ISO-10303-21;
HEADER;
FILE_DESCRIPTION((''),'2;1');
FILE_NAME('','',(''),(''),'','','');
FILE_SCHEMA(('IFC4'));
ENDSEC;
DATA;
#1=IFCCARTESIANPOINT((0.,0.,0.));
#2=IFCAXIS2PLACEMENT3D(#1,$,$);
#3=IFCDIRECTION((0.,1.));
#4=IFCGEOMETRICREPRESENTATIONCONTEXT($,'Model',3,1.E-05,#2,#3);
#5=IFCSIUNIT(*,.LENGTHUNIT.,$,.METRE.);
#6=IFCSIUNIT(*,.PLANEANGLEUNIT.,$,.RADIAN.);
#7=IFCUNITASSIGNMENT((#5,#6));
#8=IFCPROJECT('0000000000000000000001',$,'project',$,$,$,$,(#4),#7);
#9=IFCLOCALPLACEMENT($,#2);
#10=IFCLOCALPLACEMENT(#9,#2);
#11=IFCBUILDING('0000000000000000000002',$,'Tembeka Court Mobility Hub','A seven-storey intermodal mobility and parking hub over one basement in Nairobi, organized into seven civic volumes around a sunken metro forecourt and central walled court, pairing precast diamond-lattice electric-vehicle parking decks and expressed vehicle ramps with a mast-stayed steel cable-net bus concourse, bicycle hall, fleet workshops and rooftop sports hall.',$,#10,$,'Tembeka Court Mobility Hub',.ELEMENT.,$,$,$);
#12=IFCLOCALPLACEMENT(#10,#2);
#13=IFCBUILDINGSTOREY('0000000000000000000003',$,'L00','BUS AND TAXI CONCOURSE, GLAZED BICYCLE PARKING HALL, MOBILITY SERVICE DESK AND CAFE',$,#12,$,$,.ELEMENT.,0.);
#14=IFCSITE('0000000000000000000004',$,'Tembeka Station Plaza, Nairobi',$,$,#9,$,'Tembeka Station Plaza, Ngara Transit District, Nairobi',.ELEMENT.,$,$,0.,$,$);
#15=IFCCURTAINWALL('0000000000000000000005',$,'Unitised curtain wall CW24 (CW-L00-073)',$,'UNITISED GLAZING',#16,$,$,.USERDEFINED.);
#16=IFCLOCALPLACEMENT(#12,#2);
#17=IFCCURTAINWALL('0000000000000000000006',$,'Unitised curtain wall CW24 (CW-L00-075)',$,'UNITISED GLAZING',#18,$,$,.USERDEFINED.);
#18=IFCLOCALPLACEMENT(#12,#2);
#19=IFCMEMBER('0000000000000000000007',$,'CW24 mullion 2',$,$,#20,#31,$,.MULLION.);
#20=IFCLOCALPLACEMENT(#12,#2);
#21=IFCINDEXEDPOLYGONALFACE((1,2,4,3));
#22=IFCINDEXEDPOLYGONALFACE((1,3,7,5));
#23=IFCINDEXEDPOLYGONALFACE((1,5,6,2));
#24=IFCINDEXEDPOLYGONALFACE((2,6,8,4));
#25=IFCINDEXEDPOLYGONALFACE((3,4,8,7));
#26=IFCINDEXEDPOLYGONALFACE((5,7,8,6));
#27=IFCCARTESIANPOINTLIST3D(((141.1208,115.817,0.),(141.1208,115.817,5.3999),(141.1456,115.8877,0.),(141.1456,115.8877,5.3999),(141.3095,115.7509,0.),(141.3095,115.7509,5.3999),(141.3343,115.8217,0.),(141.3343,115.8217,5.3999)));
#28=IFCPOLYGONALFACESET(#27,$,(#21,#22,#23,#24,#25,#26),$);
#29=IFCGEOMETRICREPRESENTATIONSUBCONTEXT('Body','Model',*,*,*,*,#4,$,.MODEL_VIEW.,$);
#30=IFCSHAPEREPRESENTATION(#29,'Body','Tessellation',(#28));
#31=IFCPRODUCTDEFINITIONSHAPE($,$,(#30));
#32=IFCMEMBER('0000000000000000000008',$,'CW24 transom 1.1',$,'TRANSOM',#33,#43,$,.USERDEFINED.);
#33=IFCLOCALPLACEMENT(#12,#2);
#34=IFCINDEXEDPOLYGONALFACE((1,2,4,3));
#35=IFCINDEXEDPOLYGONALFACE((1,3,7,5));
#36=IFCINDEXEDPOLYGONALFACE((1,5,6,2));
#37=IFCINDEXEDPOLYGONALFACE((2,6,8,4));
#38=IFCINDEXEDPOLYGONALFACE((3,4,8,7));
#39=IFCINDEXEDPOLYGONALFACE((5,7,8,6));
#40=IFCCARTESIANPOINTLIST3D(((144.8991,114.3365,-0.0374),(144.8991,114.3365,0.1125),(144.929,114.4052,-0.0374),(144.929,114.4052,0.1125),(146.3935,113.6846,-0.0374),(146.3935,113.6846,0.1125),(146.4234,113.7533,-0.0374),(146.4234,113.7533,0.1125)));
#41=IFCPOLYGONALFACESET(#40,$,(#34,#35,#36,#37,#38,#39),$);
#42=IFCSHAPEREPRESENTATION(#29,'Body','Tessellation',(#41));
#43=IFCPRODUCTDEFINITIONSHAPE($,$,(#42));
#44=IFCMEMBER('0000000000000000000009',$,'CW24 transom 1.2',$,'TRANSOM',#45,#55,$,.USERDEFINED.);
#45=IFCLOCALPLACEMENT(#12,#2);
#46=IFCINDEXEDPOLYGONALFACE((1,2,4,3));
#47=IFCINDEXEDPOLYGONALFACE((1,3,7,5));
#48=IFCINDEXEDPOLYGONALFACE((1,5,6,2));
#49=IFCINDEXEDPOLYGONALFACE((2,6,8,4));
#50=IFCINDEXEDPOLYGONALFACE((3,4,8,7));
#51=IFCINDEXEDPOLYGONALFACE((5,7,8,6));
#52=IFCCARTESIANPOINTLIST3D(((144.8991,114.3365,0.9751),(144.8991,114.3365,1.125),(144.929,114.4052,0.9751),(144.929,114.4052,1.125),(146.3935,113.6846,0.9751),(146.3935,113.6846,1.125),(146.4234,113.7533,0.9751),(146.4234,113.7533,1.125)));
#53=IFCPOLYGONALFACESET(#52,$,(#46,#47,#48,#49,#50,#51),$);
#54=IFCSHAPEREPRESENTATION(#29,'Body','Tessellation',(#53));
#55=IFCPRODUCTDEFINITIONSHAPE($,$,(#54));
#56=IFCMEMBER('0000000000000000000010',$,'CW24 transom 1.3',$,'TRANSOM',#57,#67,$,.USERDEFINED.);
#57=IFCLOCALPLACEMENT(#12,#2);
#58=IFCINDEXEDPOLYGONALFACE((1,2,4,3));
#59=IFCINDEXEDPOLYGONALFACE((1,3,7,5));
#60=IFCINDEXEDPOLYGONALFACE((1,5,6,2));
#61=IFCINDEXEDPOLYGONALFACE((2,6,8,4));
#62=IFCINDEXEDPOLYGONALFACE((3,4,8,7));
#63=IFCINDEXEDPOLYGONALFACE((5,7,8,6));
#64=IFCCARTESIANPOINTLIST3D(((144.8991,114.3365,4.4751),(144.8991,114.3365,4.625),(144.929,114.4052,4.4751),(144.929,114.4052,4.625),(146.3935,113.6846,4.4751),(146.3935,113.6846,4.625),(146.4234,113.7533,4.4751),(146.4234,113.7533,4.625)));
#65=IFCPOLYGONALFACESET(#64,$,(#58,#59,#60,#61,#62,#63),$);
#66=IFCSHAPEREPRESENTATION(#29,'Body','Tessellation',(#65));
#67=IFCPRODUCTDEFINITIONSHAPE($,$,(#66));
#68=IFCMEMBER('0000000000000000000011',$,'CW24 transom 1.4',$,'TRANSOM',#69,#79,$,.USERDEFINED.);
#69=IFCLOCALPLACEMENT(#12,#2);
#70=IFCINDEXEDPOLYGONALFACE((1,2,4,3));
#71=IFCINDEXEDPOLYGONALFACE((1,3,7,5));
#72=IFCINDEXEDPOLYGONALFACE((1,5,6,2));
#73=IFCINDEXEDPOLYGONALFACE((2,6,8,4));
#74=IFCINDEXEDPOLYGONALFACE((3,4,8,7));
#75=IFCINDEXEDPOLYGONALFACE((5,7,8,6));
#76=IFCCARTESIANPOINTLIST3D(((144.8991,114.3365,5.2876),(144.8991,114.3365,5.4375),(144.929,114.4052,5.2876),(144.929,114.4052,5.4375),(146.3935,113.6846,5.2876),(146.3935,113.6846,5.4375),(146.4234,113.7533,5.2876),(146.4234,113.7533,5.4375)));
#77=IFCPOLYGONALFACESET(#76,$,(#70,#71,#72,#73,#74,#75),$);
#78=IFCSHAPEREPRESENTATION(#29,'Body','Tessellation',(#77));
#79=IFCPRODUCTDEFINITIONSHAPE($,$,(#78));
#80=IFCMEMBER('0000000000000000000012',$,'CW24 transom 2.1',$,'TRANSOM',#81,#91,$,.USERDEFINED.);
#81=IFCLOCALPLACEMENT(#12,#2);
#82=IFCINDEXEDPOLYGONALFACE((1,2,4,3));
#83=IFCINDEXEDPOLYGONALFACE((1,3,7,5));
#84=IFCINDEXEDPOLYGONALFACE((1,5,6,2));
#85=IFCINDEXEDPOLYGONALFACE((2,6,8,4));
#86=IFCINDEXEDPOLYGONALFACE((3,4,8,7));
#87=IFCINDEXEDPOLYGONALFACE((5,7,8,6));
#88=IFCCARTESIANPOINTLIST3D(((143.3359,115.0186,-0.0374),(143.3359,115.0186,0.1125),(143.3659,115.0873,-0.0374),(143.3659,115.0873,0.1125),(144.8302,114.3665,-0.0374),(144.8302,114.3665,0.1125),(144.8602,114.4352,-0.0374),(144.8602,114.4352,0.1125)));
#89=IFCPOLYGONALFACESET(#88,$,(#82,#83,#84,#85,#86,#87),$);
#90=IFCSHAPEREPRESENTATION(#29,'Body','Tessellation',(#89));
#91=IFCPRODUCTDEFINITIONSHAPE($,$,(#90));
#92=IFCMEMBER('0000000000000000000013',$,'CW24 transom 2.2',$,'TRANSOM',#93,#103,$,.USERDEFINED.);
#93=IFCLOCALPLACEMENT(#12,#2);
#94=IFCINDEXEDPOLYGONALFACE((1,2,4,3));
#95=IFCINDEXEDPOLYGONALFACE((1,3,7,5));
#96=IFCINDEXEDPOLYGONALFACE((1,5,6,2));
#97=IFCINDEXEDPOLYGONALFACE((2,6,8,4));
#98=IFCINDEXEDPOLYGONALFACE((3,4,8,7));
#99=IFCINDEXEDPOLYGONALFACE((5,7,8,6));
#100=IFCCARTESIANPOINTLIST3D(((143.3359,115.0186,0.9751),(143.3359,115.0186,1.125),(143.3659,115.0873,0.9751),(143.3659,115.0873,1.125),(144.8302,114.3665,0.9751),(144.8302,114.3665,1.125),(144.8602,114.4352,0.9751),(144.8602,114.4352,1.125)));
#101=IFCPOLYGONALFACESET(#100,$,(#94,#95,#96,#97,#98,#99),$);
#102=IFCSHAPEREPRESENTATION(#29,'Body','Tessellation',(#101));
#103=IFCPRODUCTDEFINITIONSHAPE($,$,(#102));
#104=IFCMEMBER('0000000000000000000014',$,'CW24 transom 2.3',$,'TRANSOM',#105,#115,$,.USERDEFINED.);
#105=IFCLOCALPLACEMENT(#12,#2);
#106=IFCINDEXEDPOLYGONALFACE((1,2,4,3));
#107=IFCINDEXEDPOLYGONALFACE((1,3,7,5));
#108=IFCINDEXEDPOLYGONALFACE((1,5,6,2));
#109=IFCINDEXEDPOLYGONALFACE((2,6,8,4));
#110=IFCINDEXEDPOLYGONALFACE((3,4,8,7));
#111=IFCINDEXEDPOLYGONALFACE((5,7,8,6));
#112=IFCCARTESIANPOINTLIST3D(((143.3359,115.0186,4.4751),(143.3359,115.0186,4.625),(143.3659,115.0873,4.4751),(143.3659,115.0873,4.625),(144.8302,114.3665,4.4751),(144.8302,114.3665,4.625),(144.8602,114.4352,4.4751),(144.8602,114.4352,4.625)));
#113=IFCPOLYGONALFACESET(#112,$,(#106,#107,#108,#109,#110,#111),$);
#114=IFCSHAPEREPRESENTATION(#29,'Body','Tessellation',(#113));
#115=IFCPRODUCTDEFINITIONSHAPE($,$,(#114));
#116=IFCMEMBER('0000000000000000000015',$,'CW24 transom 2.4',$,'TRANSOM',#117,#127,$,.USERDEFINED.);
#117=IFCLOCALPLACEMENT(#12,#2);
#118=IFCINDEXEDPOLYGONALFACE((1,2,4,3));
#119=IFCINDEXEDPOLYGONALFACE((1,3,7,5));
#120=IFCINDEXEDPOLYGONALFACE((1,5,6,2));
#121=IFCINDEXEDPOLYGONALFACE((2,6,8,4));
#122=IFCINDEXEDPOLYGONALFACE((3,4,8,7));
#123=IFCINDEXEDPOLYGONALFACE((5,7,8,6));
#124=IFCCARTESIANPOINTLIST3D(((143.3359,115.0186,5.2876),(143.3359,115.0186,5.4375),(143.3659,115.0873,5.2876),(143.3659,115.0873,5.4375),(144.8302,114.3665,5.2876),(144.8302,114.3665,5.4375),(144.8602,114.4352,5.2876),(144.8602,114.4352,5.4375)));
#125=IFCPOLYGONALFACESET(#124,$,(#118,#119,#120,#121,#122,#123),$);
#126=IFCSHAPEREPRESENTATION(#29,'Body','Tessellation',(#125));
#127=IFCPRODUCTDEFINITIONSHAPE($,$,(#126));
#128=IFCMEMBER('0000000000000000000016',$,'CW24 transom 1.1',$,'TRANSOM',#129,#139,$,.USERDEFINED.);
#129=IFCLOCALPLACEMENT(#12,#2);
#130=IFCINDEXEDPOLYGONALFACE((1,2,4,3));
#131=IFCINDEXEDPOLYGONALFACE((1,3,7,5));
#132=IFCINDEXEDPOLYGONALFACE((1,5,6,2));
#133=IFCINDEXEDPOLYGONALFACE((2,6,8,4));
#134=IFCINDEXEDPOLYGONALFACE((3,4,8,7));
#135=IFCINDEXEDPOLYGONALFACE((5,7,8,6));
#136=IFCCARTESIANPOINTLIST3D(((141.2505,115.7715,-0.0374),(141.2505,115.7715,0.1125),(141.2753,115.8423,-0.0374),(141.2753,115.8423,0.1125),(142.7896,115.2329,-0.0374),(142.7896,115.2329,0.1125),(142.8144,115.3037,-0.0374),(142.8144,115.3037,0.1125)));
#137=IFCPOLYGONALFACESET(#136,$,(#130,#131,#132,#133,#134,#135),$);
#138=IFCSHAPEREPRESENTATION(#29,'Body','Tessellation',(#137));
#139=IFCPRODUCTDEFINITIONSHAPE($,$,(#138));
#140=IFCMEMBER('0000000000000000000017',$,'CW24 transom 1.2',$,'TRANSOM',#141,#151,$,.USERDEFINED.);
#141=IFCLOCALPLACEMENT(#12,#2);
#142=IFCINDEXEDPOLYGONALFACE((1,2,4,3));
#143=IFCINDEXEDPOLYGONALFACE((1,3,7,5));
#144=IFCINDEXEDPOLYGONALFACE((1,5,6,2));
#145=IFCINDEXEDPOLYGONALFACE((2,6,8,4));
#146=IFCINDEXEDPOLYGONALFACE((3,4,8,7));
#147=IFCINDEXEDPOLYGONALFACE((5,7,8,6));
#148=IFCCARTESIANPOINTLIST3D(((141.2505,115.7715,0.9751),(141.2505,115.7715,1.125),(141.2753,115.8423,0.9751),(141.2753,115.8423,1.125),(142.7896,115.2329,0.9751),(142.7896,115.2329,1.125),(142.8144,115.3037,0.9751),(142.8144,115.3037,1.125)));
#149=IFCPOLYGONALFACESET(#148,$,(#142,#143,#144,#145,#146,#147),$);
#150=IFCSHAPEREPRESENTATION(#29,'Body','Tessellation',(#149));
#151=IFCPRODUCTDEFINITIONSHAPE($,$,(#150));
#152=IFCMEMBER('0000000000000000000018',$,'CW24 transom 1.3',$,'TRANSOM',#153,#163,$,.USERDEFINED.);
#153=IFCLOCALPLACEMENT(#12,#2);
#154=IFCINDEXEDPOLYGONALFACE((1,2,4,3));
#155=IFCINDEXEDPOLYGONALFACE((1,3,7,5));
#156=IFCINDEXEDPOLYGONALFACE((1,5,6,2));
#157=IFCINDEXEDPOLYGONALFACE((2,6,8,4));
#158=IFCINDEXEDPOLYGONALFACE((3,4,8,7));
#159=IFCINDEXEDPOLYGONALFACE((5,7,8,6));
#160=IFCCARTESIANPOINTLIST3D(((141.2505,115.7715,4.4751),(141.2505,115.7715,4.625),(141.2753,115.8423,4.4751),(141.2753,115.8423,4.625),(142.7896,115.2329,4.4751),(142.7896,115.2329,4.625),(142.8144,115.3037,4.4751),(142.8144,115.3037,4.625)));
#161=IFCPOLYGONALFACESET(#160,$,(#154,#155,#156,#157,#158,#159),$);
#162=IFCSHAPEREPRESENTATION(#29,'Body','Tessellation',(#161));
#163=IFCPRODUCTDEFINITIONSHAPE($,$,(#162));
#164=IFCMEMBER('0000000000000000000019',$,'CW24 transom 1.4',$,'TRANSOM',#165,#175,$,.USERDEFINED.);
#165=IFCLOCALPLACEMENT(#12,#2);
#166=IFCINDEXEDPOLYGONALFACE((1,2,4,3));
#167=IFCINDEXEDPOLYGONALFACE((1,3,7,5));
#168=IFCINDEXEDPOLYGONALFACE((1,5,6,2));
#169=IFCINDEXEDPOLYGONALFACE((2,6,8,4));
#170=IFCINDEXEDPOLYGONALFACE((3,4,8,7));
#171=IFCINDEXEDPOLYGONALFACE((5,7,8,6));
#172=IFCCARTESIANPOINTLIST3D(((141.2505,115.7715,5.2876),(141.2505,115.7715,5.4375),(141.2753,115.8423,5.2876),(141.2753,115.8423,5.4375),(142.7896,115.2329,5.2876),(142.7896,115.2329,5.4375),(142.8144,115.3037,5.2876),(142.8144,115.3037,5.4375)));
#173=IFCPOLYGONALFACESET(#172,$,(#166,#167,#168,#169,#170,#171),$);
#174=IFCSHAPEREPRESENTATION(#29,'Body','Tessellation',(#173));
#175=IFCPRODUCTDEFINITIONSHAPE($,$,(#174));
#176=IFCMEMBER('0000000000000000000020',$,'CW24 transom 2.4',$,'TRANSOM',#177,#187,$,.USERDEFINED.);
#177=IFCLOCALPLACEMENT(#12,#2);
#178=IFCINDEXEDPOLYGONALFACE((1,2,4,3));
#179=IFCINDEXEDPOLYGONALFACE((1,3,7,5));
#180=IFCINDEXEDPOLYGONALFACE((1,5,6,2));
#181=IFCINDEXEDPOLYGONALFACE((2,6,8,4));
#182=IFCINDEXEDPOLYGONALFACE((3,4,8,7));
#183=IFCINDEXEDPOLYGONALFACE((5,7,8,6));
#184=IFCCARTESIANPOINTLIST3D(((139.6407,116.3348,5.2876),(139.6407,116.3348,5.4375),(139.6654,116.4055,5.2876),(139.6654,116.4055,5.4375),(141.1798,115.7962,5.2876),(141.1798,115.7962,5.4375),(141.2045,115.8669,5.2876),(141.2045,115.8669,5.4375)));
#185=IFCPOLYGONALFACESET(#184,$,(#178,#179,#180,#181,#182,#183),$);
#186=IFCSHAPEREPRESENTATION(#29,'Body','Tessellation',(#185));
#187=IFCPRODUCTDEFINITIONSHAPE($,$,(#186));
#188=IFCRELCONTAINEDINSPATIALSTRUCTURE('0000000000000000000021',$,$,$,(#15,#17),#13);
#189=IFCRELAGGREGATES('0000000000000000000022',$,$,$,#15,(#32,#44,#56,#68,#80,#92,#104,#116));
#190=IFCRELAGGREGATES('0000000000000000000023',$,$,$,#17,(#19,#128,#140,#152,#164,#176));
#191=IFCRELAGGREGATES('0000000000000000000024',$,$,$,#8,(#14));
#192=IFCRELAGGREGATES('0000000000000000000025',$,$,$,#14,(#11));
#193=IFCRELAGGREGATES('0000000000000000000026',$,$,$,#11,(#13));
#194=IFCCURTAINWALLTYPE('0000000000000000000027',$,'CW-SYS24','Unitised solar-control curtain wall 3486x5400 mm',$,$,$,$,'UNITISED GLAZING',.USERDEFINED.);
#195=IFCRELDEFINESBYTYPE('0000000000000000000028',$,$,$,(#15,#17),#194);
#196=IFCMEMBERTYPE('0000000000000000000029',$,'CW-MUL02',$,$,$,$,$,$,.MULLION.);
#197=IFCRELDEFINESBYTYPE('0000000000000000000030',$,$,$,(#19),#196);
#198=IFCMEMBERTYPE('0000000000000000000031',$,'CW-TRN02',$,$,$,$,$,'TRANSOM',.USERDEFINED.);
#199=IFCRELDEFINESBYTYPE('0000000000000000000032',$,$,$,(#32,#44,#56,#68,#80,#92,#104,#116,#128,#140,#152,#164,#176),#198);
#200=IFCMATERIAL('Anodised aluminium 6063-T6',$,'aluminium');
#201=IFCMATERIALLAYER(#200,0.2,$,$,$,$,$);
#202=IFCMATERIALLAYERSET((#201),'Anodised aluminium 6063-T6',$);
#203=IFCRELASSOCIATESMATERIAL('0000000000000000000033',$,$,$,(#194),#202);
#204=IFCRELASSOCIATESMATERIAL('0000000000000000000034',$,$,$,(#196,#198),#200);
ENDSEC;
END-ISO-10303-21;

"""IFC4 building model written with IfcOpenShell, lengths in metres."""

from ifc_helpers import new_model, si_unit, direction, frame, origin, origin_2d, place, context, subcontext, project, spatial, rectangle, extrude, material, layer, layer_set, material_profile, profile_set, type_object, element, aggregate, save


model = new_model("IFC4")

# Units and contexts
model_context = context("Model", 3, precision=1e-05, world=origin(), true_north=direction((0.0, 1.0)))
body_context = subcontext(model_context, "Body", "Model", "MODEL_VIEW")
ifc_project = project(units=[si_unit("LENGTHUNIT", "METRE"), si_unit("PLANEANGLEUNIT", "RADIAN")], contexts=[model_context])

# Site, building, storey
site_placement = place(None, origin())
site = spatial("IfcSite", under=ifc_project, at=site_placement, Name="Tembeka Station Plaza, Nairobi", LongName="Tembeka Station Plaza, Ngara Transit District, Nairobi", CompositionType="ELEMENT", RefElevation=0.0)
building_placement = place(site_placement, origin())
building = spatial("IfcBuilding", under=site, at=building_placement, Name="Tembeka Court Mobility Hub", Description="A seven-storey intermodal mobility and parking hub over one basement in Nairobi, organized into seven civic volumes around a sunken metro forecourt and central walled court, pairing precast diamond-lattice electric-vehicle parking decks and expressed vehicle ramps with a mast-stayed steel cable-net bus concourse, bicycle hall, fleet workshops and rooftop sports hall.", LongName="Tembeka Court Mobility Hub", CompositionType="ELEMENT")
storey_placement = place(building_placement, origin())
storey = spatial("IfcBuildingStorey", under=building, at=storey_placement, Name="L00", Description="BUS AND TAXI CONCOURSE, GLAZED BICYCLE PARKING HALL, MOBILITY SERVICE DESK AND CAFE", CompositionType="ELEMENT", Elevation=0.0)

# Shared definitions
ifc_material_1 = material(Name="Anodised aluminium 6063-T6", Category="aluminium")
ifc_layer_1 = layer(ifc_material_1, 0.2)
ifc_layer_set_1 = layer_set([ifc_layer_1], Name="Anodised aluminium 6063-T6")
curtain_wall_type = type_object("IfcCurtainWallType", Name="CW-SYS24", Description="Unitised solar-control curtain wall 3486x5400 mm", ElementType="UNITISED GLAZING", PredefinedType="USERDEFINED", material=ifc_layer_set_1)
ifc_material_profile_1 = material_profile(ifc_material_1, rectangle(XDim=0.075, YDim=0.2, at=origin_2d()), Name="ALU-MUL 75x200")
ifc_profile_set_1 = profile_set([ifc_material_profile_1], Name="Anodised aluminium 6063-T6")
member_type_1 = type_object("IfcMemberType", Name="CW-MUL02", PredefinedType="MULLION", material=ifc_profile_set_1)

# Curtain walls, member
curtain_wall_1_placement = place(storey_placement, origin())
curtain_wall_1 = element("IfcCurtainWall", 1, at=curtain_wall_1_placement, inside=storey, type_object=curtain_wall_type, Name="Unitised curtain wall CW24 (CW-L00-073)", ObjectType="UNITISED GLAZING", PredefinedType="USERDEFINED")
curtain_wall_2_placement = place(storey_placement, origin())
curtain_wall_2 = element("IfcCurtainWall", 2, at=curtain_wall_2_placement, inside=storey, type_object=curtain_wall_type, Name="Unitised curtain wall CW24 (CW-L00-075)", ObjectType="UNITISED GLAZING", PredefinedType="USERDEFINED")
member_1_placement = place(storey_placement, frame((141.2275, 115.8193, 0.0), z_axis=(0.0, 0.0, 1.0), x_axis=(-0.330264, -0.943889, 0.0)))
member_1 = element("IfcMember", 3, at=member_1_placement, type_object=member_type_1, Name="CW24 mullion 2", PredefinedType="MULLION", context=body_context, shape_type="SweptSolid", body=[
    extrude(rectangle(XDim=0.075, YDim=0.2, at=origin_2d()), origin(), (0.0, 0.0, 1.0), 5.3999),
])

# Members
ifc_material_profile_2 = material_profile(ifc_material_1, rectangle(XDim=0.075, YDim=0.1499, at=origin_2d()), Name="ALU-TRN 75x150")
ifc_profile_set_2 = profile_set([ifc_material_profile_2], Name="Anodised aluminium 6063-T6")
member_type_2 = type_object("IfcMemberType", Name="CW-TRN02", ElementType="TRANSOM", PredefinedType="USERDEFINED", material=ifc_profile_set_2)
member_2_placement = place(storey_placement, frame((146.4084, 113.719, 0.0376), z_axis=(-0.916593, 0.399821, 0.0), x_axis=(-0.399821, -0.916593, 0.0)))
member_2 = element("IfcMember", 4, at=member_2_placement, type_object=member_type_2, Name="CW24 transom 1.1", ObjectType="TRANSOM", PredefinedType="USERDEFINED", context=body_context, shape_type="SweptSolid", body=[
    extrude(rectangle(XDim=0.075, YDim=0.1499, at=origin_2d()), origin(), (0.0, 0.0, 1.0), 1.6304),
])
member_3_placement = place(storey_placement, frame((146.4084, 113.719, 1.05), z_axis=(-0.916593, 0.399821, 0.0), x_axis=(-0.399821, -0.916593, 0.0)))
member_3 = element("IfcMember", 5, at=member_3_placement, type_object=member_type_2, Name="CW24 transom 1.2", ObjectType="TRANSOM", PredefinedType="USERDEFINED", context=body_context, shape_type="SweptSolid", body=[
    extrude(rectangle(XDim=0.075, YDim=0.1499, at=origin_2d()), origin(), (0.0, 0.0, 1.0), 1.6304),
])
member_4_placement = place(storey_placement, frame((146.4084, 113.719, 4.55), z_axis=(-0.916593, 0.399821, 0.0), x_axis=(-0.399821, -0.916593, 0.0)))
member_4 = element("IfcMember", 6, at=member_4_placement, type_object=member_type_2, Name="CW24 transom 1.3", ObjectType="TRANSOM", PredefinedType="USERDEFINED", context=body_context, shape_type="SweptSolid", body=[
    extrude(rectangle(XDim=0.075, YDim=0.1499, at=origin_2d()), origin(), (0.0, 0.0, 1.0), 1.6304),
])
member_5_placement = place(storey_placement, frame((146.4084, 113.719, 5.3625), z_axis=(-0.916593, 0.399821, 0.0), x_axis=(-0.399821, -0.916593, 0.0)))
member_5 = element("IfcMember", 7, at=member_5_placement, type_object=member_type_2, Name="CW24 transom 1.4", ObjectType="TRANSOM", PredefinedType="USERDEFINED", context=body_context, shape_type="SweptSolid", body=[
    extrude(rectangle(XDim=0.075, YDim=0.1499, at=origin_2d()), origin(), (0.0, 0.0, 1.0), 1.6304),
])
member_6_placement = place(storey_placement, frame((144.8452, 114.4009, 0.0376), z_axis=(-0.916538, 0.399947, 0.0), x_axis=(-0.399947, -0.916538, 0.0)))
member_6 = element("IfcMember", 8, at=member_6_placement, type_object=member_type_2, Name="CW24 transom 2.1", ObjectType="TRANSOM", PredefinedType="USERDEFINED", context=body_context, shape_type="SweptSolid", body=[
    extrude(rectangle(XDim=0.075, YDim=0.1499, at=origin_2d()), origin(), (0.0, 0.0, 1.0), 1.6304),
])
member_7_placement = place(storey_placement, frame((144.8452, 114.4009, 1.05), z_axis=(-0.916538, 0.399947, 0.0), x_axis=(-0.399947, -0.916538, 0.0)))
member_7 = element("IfcMember", 9, at=member_7_placement, type_object=member_type_2, Name="CW24 transom 2.2", ObjectType="TRANSOM", PredefinedType="USERDEFINED", context=body_context, shape_type="SweptSolid", body=[
    extrude(rectangle(XDim=0.075, YDim=0.1499, at=origin_2d()), origin(), (0.0, 0.0, 1.0), 1.6304),
])
member_8_placement = place(storey_placement, frame((144.8452, 114.4009, 4.55), z_axis=(-0.916538, 0.399947, 0.0), x_axis=(-0.399947, -0.916538, 0.0)))
member_8 = element("IfcMember", 10, at=member_8_placement, type_object=member_type_2, Name="CW24 transom 2.3", ObjectType="TRANSOM", PredefinedType="USERDEFINED", context=body_context, shape_type="SweptSolid", body=[
    extrude(rectangle(XDim=0.075, YDim=0.1499, at=origin_2d()), origin(), (0.0, 0.0, 1.0), 1.6304),
])
member_9_placement = place(storey_placement, frame((144.8452, 114.4009, 5.3625), z_axis=(-0.916538, 0.399947, 0.0), x_axis=(-0.399947, -0.916538, 0.0)))
member_9 = element("IfcMember", 11, at=member_9_placement, type_object=member_type_2, Name="CW24 transom 2.4", ObjectType="TRANSOM", PredefinedType="USERDEFINED", context=body_context, shape_type="SweptSolid", body=[
    extrude(rectangle(XDim=0.075, YDim=0.1499, at=origin_2d()), origin(), (0.0, 0.0, 1.0), 1.6304),
])
member_10_placement = place(storey_placement, frame((142.802, 115.2683, 0.0376), z_axis=(-0.943877, 0.330297, 0.0), x_axis=(-0.330297, -0.943877, 0.0)))
member_10 = element("IfcMember", 12, at=member_10_placement, type_object=member_type_2, Name="CW24 transom 1.1", ObjectType="TRANSOM", PredefinedType="USERDEFINED", context=body_context, shape_type="SweptSolid", body=[
    extrude(rectangle(XDim=0.075, YDim=0.1499, at=origin_2d()), origin(), (0.0, 0.0, 1.0), 1.6306),
])
member_11_placement = place(storey_placement, frame((142.802, 115.2683, 1.05), z_axis=(-0.943877, 0.330297, 0.0), x_axis=(-0.330297, -0.943877, 0.0)))
member_11 = element("IfcMember", 13, at=member_11_placement, type_object=member_type_2, Name="CW24 transom 1.2", ObjectType="TRANSOM", PredefinedType="USERDEFINED", context=body_context, shape_type="SweptSolid", body=[
    extrude(rectangle(XDim=0.075, YDim=0.1499, at=origin_2d()), origin(), (0.0, 0.0, 1.0), 1.6306),
])
member_12_placement = place(storey_placement, frame((142.802, 115.2683, 4.55), z_axis=(-0.943877, 0.330297, 0.0), x_axis=(-0.330297, -0.943877, 0.0)))
member_12 = element("IfcMember", 14, at=member_12_placement, type_object=member_type_2, Name="CW24 transom 1.3", ObjectType="TRANSOM", PredefinedType="USERDEFINED", context=body_context, shape_type="SweptSolid", body=[
    extrude(rectangle(XDim=0.075, YDim=0.1499, at=origin_2d()), origin(), (0.0, 0.0, 1.0), 1.6306),
])
member_13_placement = place(storey_placement, frame((142.802, 115.2683, 5.3625), z_axis=(-0.943877, 0.330297, 0.0), x_axis=(-0.330297, -0.943877, 0.0)))
member_13 = element("IfcMember", 15, at=member_13_placement, type_object=member_type_2, Name="CW24 transom 1.4", ObjectType="TRANSOM", PredefinedType="USERDEFINED", context=body_context, shape_type="SweptSolid", body=[
    extrude(rectangle(XDim=0.075, YDim=0.1499, at=origin_2d()), origin(), (0.0, 0.0, 1.0), 1.6306),
])
member_14_placement = place(storey_placement, frame((141.1921, 115.8315, 5.3625), z_axis=(-0.943877, 0.330297, 0.0), x_axis=(-0.330297, -0.943877, 0.0)))
member_14 = element("IfcMember", 16, at=member_14_placement, type_object=member_type_2, Name="CW24 transom 2.4", ObjectType="TRANSOM", PredefinedType="USERDEFINED", context=body_context, shape_type="SweptSolid", body=[
    extrude(rectangle(XDim=0.075, YDim=0.1499, at=origin_2d()), origin(), (0.0, 0.0, 1.0), 1.6306),
])

aggregate(curtain_wall_1, [member_2, member_3, member_4, member_5, member_6, member_7, member_8, member_9])
aggregate(curtain_wall_2, [member_1, member_10, member_11, member_12, member_13, member_14])

save(model, "model.ifc")
